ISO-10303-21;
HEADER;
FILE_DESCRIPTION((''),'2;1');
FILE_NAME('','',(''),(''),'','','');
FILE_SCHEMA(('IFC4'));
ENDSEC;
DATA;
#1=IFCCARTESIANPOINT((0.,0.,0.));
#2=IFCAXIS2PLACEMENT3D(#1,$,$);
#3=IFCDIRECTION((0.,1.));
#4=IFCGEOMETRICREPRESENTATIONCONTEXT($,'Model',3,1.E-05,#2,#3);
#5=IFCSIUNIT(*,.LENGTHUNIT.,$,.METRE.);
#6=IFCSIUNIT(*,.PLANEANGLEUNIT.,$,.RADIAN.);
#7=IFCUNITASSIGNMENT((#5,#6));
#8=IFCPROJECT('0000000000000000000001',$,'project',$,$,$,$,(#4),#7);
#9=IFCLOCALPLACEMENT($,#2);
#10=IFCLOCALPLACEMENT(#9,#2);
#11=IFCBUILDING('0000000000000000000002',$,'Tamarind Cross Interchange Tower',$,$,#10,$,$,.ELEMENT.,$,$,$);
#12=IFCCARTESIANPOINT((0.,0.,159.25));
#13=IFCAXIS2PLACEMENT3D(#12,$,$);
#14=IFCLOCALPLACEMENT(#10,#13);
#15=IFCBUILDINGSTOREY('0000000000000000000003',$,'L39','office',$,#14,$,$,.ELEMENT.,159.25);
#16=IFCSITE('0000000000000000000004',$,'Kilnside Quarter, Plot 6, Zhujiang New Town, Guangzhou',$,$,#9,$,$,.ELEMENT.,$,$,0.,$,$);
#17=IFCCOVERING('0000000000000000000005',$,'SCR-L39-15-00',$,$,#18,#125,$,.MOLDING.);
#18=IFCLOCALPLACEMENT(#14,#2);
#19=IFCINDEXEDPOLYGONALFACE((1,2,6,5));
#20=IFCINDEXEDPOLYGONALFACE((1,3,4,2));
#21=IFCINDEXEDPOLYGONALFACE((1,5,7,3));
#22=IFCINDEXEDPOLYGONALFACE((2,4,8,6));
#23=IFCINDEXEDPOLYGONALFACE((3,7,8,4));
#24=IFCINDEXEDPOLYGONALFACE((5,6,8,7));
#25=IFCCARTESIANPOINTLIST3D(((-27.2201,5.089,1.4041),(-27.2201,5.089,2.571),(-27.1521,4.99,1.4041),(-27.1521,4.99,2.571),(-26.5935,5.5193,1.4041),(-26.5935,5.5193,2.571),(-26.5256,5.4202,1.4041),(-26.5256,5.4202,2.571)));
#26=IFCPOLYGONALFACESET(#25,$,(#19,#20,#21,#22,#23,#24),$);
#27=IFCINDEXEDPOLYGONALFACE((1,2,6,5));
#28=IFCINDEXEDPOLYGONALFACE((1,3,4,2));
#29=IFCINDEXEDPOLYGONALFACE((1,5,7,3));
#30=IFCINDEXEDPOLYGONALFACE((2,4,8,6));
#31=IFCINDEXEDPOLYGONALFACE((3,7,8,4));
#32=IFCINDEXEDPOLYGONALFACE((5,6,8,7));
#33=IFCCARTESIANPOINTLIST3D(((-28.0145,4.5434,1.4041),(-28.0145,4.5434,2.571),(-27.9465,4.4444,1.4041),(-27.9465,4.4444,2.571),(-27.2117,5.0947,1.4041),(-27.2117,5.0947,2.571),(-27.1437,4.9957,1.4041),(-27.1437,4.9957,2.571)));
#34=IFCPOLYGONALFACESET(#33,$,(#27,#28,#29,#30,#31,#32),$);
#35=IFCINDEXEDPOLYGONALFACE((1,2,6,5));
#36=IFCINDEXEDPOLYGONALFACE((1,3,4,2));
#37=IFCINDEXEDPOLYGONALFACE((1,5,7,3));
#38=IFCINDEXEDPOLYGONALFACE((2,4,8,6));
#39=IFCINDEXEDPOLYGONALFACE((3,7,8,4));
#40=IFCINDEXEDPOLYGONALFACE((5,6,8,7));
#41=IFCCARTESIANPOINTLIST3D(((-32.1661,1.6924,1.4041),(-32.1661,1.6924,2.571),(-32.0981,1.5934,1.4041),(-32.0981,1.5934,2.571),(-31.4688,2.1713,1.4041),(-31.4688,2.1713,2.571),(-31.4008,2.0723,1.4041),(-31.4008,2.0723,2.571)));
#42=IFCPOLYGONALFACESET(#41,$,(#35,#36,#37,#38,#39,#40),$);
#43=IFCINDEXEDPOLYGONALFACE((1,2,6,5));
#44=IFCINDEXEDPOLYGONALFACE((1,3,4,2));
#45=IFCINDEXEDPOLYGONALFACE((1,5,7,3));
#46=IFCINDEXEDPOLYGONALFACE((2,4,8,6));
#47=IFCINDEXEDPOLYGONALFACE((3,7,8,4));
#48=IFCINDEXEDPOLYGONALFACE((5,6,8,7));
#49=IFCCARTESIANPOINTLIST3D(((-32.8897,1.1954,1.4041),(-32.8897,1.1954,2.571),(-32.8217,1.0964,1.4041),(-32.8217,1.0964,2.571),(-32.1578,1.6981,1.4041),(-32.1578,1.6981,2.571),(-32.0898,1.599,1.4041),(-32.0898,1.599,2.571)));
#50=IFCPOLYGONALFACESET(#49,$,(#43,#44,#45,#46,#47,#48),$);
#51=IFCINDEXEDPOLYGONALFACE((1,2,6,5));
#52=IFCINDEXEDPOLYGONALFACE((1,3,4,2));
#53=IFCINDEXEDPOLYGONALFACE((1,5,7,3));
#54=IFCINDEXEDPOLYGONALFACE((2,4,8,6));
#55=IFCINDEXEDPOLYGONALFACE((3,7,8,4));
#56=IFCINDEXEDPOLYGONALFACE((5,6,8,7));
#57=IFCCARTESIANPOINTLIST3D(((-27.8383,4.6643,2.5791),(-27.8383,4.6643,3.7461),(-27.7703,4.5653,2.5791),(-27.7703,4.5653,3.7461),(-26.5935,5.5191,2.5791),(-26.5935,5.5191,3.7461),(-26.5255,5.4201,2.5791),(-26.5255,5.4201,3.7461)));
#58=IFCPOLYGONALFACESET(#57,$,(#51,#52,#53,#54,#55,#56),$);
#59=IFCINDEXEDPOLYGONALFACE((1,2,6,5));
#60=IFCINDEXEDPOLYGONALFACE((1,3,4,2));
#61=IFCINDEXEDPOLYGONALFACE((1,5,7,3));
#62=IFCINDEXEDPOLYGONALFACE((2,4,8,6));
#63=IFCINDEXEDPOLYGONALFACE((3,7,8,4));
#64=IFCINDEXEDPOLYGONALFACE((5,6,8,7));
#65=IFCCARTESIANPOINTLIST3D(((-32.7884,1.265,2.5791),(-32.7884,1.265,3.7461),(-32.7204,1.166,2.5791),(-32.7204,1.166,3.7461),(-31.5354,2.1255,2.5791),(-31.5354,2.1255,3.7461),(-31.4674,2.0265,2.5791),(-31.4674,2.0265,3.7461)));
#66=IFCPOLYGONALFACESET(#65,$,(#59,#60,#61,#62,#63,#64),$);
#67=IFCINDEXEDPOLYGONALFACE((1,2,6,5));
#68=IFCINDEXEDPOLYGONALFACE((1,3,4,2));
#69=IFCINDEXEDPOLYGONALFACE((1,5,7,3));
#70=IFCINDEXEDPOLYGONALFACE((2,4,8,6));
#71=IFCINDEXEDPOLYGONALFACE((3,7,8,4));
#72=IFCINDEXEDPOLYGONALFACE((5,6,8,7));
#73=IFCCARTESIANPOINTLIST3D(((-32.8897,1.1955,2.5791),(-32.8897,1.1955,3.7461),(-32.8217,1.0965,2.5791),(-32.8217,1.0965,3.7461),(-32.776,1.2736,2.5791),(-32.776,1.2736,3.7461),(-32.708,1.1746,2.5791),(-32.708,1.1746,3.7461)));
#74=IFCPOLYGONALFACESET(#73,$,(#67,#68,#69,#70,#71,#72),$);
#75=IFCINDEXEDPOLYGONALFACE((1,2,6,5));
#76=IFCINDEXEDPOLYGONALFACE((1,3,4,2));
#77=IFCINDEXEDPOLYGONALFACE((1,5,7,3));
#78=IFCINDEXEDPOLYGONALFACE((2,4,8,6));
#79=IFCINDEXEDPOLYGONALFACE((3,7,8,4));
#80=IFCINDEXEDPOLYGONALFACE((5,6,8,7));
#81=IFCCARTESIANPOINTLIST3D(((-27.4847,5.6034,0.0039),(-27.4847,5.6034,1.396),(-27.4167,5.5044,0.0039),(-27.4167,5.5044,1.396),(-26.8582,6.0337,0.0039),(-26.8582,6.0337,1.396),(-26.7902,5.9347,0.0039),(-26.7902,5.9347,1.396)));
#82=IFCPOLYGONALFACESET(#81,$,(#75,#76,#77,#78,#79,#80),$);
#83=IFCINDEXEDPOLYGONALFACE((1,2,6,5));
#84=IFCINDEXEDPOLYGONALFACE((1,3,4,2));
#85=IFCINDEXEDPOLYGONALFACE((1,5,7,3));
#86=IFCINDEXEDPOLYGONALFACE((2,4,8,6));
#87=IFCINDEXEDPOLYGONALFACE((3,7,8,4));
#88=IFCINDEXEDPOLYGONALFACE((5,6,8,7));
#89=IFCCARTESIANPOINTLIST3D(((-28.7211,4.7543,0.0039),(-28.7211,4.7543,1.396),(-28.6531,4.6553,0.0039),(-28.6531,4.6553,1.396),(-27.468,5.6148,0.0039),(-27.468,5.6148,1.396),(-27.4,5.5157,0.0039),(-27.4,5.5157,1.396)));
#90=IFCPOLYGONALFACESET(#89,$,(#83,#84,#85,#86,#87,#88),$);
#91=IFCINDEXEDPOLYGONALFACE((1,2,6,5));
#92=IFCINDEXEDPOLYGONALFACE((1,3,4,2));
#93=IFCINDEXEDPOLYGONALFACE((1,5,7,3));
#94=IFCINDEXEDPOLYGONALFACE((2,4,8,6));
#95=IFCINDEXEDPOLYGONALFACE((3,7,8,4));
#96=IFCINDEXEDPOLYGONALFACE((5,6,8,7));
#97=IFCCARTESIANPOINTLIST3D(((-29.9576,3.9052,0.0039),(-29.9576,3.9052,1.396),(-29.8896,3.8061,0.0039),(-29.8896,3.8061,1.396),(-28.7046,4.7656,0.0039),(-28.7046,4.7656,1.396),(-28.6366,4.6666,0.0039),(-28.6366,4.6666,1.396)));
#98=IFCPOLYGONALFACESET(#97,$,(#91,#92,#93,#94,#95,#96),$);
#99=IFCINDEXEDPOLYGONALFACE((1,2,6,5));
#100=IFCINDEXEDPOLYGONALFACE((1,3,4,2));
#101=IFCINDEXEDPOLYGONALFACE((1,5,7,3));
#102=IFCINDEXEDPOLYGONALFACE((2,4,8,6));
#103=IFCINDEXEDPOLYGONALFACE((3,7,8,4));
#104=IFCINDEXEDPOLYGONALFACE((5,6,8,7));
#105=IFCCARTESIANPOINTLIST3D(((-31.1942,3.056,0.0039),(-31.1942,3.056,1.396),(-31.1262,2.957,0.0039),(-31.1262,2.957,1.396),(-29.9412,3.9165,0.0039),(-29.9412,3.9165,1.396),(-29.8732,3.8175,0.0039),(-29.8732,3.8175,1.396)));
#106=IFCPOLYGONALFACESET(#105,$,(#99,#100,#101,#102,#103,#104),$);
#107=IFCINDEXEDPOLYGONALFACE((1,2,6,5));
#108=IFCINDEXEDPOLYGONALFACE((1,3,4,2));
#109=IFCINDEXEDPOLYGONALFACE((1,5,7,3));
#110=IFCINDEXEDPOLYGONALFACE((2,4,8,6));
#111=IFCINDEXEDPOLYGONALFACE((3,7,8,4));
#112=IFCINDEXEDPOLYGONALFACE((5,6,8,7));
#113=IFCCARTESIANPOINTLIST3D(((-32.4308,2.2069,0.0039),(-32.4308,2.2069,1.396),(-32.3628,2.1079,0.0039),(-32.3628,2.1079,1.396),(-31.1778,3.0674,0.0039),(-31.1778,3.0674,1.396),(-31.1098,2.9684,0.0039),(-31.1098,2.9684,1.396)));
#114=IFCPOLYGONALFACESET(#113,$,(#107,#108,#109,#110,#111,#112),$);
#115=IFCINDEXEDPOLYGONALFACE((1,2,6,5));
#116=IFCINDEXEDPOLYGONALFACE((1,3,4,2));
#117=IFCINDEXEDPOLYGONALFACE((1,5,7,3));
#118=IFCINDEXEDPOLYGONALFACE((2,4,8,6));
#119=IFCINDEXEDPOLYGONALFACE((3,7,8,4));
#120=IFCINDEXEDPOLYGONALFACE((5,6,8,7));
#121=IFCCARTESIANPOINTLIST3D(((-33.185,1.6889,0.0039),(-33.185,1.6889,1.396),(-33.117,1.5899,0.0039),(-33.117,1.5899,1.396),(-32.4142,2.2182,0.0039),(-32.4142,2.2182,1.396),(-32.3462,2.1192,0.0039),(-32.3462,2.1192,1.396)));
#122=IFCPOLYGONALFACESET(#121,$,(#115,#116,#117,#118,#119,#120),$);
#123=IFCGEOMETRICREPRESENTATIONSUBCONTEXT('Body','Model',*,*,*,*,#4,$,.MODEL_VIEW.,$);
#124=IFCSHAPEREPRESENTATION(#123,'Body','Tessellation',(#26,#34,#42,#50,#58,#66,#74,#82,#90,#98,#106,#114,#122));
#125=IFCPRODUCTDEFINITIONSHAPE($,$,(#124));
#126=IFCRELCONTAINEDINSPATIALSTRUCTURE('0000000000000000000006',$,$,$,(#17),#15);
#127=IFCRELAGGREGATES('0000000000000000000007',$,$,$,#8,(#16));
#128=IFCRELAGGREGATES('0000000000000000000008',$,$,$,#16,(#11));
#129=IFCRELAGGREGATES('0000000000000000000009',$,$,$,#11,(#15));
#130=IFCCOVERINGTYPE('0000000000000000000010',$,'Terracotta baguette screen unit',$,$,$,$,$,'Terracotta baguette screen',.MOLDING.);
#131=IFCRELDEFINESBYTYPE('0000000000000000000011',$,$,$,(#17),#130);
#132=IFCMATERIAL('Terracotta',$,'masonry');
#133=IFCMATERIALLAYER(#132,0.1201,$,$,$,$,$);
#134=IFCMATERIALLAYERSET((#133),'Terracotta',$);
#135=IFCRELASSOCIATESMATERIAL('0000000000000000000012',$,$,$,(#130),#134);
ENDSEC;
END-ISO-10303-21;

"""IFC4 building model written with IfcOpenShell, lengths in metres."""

from ifc_helpers import new_model, si_unit, direction, frame, origin, origin_2d, place, context, subcontext, project, spatial, rectangle, extrude, material, layer, layer_set, type_object, element, save


model = new_model("IFC4")

# Units and contexts
model_context = context("Model", 3, precision=1e-05, world=origin(), true_north=direction((0.0, 1.0)))
body_context = subcontext(model_context, "Body", "Model", "MODEL_VIEW")
ifc_project = project(units=[si_unit("LENGTHUNIT", "METRE"), si_unit("PLANEANGLEUNIT", "RADIAN")], contexts=[model_context])

# Site, building, storey
site_placement = place(None, origin())
site = spatial("IfcSite", under=ifc_project, at=site_placement, Name="Kilnside Quarter, Plot 6, Zhujiang New Town, Guangzhou", CompositionType="ELEMENT", RefElevation=0.0)
building_placement = place(site_placement, origin())
building = spatial("IfcBuilding", under=site, at=building_placement, Name="Tamarind Cross Interchange Tower", CompositionType="ELEMENT")
storey_placement = place(building_placement, frame((0.0, 0.0, 159.25)))
storey = spatial("IfcBuildingStorey", under=building, at=storey_placement, Name="L39", Description="office", CompositionType="ELEMENT", Elevation=159.25)

# Covering
ifc_material_1 = material(Name="Terracotta", Category="masonry")
ifc_layer_1 = layer(ifc_material_1, 0.1201)
ifc_layer_set_1 = layer_set([ifc_layer_1], Name="Terracotta")
covering_type = type_object("IfcCoveringType", Name="Terracotta baguette screen unit", ElementType="Terracotta baguette screen", PredefinedType="MOLDING", material=ifc_layer_set_1)
covering_1_placement = place(storey_placement, origin())
element("IfcCovering", 1, at=covering_1_placement, inside=storey, type_object=covering_type, Name="SCR-L39-15-00", PredefinedType="MOLDING", context=body_context, shape_type="SweptSolid", body=[
    extrude(rectangle(XDim=0.76, YDim=0.1201, at=origin_2d()), frame((-26.8728, 5.2546, 1.4041), z_axis=(0.0, 0.0, 1.0), x_axis=(-0.82434, -0.566096, 0.0)), (0.0, 0.0, 1.0), 1.167),
    extrude(rectangle(XDim=0.9739, YDim=0.1201, at=origin_2d()), frame((-27.5791, 4.7695, 1.4041), z_axis=(0.0, 0.0, 1.0), x_axis=(-0.82434, -0.566096, 0.0)), (0.0, 0.0, 1.0), 1.167),
    extrude(rectangle(XDim=0.8459, YDim=0.1201, at=origin_2d()), frame((-31.7834, 1.8823, 1.4041), z_axis=(0.0, 0.0, 1.0), x_axis=(-0.82434, -0.566096, 0.0)), (0.0, 0.0, 1.0), 1.167),
    extrude(rectangle(XDim=0.8879, YDim=0.1201, at=origin_2d()), frame((-32.4897, 1.3972, 1.4041), z_axis=(0.0, 0.0, 1.0), x_axis=(-0.82434, -0.566096, 0.0)), (0.0, 0.0, 1.0), 1.167),
    extrude(rectangle(XDim=1.51, YDim=0.1201, at=origin_2d()), frame((-27.1819, 5.0422, 2.5791), z_axis=(0.0, 0.0, 1.0), x_axis=(-0.82434, -0.566096, 0.0)), (0.0, 0.0, 1.0), 1.167),
    extrude(rectangle(XDim=1.52, YDim=0.1201, at=origin_2d()), frame((-32.1279, 1.6458, 2.5791), z_axis=(0.0, 0.0, 1.0), x_axis=(-0.82434, -0.566096, 0.0)), (0.0, 0.0, 1.0), 1.167),
    extrude(rectangle(XDim=0.1379, YDim=0.1201, at=origin_2d()), frame((-32.7988, 1.1851, 2.5791), z_axis=(0.0, 0.0, 1.0), x_axis=(-0.82434, -0.566096, 0.0)), (0.0, 0.0, 1.0), 1.167),
    extrude(rectangle(XDim=0.76, YDim=0.1201, at=origin_2d()), frame((-27.1375, 5.769, 0.0039), z_axis=(0.0, 0.0, 1.0), x_axis=(-0.82434, -0.566096, 0.0)), (0.0, 0.0, 1.0), 1.3921),
    extrude(rectangle(XDim=1.52, YDim=0.1201, at=origin_2d()), frame((-28.0605, 5.135, 0.0039), z_axis=(0.0, 0.0, 1.0), x_axis=(-0.82434, -0.566096, 0.0)), (0.0, 0.0, 1.0), 1.3921),
    extrude(rectangle(XDim=1.52, YDim=0.1201, at=origin_2d()), frame((-29.2971, 4.2859, 0.0039), z_axis=(0.0, 0.0, 1.0), x_axis=(-0.82434, -0.566096, 0.0)), (0.0, 0.0, 1.0), 1.3921),
    extrude(rectangle(XDim=1.52, YDim=0.1201, at=origin_2d()), frame((-30.5337, 3.4368, 0.0039), z_axis=(0.0, 0.0, 1.0), x_axis=(-0.82434, -0.566096, 0.0)), (0.0, 0.0, 1.0), 1.3921),
    extrude(rectangle(XDim=1.52, YDim=0.1201, at=origin_2d()), frame((-31.7703, 2.5876, 0.0039), z_axis=(0.0, 0.0, 1.0), x_axis=(-0.82434, -0.566096, 0.0)), (0.0, 0.0, 1.0), 1.3921),
    extrude(rectangle(XDim=0.9351, YDim=0.1201, at=origin_2d()), frame((-32.7656, 1.9041, 0.0039), z_axis=(0.0, 0.0, 1.0), x_axis=(-0.82434, -0.566096, 0.0)), (0.0, 0.0, 1.0), 1.3921),
])

save(model, "model.ifc")
